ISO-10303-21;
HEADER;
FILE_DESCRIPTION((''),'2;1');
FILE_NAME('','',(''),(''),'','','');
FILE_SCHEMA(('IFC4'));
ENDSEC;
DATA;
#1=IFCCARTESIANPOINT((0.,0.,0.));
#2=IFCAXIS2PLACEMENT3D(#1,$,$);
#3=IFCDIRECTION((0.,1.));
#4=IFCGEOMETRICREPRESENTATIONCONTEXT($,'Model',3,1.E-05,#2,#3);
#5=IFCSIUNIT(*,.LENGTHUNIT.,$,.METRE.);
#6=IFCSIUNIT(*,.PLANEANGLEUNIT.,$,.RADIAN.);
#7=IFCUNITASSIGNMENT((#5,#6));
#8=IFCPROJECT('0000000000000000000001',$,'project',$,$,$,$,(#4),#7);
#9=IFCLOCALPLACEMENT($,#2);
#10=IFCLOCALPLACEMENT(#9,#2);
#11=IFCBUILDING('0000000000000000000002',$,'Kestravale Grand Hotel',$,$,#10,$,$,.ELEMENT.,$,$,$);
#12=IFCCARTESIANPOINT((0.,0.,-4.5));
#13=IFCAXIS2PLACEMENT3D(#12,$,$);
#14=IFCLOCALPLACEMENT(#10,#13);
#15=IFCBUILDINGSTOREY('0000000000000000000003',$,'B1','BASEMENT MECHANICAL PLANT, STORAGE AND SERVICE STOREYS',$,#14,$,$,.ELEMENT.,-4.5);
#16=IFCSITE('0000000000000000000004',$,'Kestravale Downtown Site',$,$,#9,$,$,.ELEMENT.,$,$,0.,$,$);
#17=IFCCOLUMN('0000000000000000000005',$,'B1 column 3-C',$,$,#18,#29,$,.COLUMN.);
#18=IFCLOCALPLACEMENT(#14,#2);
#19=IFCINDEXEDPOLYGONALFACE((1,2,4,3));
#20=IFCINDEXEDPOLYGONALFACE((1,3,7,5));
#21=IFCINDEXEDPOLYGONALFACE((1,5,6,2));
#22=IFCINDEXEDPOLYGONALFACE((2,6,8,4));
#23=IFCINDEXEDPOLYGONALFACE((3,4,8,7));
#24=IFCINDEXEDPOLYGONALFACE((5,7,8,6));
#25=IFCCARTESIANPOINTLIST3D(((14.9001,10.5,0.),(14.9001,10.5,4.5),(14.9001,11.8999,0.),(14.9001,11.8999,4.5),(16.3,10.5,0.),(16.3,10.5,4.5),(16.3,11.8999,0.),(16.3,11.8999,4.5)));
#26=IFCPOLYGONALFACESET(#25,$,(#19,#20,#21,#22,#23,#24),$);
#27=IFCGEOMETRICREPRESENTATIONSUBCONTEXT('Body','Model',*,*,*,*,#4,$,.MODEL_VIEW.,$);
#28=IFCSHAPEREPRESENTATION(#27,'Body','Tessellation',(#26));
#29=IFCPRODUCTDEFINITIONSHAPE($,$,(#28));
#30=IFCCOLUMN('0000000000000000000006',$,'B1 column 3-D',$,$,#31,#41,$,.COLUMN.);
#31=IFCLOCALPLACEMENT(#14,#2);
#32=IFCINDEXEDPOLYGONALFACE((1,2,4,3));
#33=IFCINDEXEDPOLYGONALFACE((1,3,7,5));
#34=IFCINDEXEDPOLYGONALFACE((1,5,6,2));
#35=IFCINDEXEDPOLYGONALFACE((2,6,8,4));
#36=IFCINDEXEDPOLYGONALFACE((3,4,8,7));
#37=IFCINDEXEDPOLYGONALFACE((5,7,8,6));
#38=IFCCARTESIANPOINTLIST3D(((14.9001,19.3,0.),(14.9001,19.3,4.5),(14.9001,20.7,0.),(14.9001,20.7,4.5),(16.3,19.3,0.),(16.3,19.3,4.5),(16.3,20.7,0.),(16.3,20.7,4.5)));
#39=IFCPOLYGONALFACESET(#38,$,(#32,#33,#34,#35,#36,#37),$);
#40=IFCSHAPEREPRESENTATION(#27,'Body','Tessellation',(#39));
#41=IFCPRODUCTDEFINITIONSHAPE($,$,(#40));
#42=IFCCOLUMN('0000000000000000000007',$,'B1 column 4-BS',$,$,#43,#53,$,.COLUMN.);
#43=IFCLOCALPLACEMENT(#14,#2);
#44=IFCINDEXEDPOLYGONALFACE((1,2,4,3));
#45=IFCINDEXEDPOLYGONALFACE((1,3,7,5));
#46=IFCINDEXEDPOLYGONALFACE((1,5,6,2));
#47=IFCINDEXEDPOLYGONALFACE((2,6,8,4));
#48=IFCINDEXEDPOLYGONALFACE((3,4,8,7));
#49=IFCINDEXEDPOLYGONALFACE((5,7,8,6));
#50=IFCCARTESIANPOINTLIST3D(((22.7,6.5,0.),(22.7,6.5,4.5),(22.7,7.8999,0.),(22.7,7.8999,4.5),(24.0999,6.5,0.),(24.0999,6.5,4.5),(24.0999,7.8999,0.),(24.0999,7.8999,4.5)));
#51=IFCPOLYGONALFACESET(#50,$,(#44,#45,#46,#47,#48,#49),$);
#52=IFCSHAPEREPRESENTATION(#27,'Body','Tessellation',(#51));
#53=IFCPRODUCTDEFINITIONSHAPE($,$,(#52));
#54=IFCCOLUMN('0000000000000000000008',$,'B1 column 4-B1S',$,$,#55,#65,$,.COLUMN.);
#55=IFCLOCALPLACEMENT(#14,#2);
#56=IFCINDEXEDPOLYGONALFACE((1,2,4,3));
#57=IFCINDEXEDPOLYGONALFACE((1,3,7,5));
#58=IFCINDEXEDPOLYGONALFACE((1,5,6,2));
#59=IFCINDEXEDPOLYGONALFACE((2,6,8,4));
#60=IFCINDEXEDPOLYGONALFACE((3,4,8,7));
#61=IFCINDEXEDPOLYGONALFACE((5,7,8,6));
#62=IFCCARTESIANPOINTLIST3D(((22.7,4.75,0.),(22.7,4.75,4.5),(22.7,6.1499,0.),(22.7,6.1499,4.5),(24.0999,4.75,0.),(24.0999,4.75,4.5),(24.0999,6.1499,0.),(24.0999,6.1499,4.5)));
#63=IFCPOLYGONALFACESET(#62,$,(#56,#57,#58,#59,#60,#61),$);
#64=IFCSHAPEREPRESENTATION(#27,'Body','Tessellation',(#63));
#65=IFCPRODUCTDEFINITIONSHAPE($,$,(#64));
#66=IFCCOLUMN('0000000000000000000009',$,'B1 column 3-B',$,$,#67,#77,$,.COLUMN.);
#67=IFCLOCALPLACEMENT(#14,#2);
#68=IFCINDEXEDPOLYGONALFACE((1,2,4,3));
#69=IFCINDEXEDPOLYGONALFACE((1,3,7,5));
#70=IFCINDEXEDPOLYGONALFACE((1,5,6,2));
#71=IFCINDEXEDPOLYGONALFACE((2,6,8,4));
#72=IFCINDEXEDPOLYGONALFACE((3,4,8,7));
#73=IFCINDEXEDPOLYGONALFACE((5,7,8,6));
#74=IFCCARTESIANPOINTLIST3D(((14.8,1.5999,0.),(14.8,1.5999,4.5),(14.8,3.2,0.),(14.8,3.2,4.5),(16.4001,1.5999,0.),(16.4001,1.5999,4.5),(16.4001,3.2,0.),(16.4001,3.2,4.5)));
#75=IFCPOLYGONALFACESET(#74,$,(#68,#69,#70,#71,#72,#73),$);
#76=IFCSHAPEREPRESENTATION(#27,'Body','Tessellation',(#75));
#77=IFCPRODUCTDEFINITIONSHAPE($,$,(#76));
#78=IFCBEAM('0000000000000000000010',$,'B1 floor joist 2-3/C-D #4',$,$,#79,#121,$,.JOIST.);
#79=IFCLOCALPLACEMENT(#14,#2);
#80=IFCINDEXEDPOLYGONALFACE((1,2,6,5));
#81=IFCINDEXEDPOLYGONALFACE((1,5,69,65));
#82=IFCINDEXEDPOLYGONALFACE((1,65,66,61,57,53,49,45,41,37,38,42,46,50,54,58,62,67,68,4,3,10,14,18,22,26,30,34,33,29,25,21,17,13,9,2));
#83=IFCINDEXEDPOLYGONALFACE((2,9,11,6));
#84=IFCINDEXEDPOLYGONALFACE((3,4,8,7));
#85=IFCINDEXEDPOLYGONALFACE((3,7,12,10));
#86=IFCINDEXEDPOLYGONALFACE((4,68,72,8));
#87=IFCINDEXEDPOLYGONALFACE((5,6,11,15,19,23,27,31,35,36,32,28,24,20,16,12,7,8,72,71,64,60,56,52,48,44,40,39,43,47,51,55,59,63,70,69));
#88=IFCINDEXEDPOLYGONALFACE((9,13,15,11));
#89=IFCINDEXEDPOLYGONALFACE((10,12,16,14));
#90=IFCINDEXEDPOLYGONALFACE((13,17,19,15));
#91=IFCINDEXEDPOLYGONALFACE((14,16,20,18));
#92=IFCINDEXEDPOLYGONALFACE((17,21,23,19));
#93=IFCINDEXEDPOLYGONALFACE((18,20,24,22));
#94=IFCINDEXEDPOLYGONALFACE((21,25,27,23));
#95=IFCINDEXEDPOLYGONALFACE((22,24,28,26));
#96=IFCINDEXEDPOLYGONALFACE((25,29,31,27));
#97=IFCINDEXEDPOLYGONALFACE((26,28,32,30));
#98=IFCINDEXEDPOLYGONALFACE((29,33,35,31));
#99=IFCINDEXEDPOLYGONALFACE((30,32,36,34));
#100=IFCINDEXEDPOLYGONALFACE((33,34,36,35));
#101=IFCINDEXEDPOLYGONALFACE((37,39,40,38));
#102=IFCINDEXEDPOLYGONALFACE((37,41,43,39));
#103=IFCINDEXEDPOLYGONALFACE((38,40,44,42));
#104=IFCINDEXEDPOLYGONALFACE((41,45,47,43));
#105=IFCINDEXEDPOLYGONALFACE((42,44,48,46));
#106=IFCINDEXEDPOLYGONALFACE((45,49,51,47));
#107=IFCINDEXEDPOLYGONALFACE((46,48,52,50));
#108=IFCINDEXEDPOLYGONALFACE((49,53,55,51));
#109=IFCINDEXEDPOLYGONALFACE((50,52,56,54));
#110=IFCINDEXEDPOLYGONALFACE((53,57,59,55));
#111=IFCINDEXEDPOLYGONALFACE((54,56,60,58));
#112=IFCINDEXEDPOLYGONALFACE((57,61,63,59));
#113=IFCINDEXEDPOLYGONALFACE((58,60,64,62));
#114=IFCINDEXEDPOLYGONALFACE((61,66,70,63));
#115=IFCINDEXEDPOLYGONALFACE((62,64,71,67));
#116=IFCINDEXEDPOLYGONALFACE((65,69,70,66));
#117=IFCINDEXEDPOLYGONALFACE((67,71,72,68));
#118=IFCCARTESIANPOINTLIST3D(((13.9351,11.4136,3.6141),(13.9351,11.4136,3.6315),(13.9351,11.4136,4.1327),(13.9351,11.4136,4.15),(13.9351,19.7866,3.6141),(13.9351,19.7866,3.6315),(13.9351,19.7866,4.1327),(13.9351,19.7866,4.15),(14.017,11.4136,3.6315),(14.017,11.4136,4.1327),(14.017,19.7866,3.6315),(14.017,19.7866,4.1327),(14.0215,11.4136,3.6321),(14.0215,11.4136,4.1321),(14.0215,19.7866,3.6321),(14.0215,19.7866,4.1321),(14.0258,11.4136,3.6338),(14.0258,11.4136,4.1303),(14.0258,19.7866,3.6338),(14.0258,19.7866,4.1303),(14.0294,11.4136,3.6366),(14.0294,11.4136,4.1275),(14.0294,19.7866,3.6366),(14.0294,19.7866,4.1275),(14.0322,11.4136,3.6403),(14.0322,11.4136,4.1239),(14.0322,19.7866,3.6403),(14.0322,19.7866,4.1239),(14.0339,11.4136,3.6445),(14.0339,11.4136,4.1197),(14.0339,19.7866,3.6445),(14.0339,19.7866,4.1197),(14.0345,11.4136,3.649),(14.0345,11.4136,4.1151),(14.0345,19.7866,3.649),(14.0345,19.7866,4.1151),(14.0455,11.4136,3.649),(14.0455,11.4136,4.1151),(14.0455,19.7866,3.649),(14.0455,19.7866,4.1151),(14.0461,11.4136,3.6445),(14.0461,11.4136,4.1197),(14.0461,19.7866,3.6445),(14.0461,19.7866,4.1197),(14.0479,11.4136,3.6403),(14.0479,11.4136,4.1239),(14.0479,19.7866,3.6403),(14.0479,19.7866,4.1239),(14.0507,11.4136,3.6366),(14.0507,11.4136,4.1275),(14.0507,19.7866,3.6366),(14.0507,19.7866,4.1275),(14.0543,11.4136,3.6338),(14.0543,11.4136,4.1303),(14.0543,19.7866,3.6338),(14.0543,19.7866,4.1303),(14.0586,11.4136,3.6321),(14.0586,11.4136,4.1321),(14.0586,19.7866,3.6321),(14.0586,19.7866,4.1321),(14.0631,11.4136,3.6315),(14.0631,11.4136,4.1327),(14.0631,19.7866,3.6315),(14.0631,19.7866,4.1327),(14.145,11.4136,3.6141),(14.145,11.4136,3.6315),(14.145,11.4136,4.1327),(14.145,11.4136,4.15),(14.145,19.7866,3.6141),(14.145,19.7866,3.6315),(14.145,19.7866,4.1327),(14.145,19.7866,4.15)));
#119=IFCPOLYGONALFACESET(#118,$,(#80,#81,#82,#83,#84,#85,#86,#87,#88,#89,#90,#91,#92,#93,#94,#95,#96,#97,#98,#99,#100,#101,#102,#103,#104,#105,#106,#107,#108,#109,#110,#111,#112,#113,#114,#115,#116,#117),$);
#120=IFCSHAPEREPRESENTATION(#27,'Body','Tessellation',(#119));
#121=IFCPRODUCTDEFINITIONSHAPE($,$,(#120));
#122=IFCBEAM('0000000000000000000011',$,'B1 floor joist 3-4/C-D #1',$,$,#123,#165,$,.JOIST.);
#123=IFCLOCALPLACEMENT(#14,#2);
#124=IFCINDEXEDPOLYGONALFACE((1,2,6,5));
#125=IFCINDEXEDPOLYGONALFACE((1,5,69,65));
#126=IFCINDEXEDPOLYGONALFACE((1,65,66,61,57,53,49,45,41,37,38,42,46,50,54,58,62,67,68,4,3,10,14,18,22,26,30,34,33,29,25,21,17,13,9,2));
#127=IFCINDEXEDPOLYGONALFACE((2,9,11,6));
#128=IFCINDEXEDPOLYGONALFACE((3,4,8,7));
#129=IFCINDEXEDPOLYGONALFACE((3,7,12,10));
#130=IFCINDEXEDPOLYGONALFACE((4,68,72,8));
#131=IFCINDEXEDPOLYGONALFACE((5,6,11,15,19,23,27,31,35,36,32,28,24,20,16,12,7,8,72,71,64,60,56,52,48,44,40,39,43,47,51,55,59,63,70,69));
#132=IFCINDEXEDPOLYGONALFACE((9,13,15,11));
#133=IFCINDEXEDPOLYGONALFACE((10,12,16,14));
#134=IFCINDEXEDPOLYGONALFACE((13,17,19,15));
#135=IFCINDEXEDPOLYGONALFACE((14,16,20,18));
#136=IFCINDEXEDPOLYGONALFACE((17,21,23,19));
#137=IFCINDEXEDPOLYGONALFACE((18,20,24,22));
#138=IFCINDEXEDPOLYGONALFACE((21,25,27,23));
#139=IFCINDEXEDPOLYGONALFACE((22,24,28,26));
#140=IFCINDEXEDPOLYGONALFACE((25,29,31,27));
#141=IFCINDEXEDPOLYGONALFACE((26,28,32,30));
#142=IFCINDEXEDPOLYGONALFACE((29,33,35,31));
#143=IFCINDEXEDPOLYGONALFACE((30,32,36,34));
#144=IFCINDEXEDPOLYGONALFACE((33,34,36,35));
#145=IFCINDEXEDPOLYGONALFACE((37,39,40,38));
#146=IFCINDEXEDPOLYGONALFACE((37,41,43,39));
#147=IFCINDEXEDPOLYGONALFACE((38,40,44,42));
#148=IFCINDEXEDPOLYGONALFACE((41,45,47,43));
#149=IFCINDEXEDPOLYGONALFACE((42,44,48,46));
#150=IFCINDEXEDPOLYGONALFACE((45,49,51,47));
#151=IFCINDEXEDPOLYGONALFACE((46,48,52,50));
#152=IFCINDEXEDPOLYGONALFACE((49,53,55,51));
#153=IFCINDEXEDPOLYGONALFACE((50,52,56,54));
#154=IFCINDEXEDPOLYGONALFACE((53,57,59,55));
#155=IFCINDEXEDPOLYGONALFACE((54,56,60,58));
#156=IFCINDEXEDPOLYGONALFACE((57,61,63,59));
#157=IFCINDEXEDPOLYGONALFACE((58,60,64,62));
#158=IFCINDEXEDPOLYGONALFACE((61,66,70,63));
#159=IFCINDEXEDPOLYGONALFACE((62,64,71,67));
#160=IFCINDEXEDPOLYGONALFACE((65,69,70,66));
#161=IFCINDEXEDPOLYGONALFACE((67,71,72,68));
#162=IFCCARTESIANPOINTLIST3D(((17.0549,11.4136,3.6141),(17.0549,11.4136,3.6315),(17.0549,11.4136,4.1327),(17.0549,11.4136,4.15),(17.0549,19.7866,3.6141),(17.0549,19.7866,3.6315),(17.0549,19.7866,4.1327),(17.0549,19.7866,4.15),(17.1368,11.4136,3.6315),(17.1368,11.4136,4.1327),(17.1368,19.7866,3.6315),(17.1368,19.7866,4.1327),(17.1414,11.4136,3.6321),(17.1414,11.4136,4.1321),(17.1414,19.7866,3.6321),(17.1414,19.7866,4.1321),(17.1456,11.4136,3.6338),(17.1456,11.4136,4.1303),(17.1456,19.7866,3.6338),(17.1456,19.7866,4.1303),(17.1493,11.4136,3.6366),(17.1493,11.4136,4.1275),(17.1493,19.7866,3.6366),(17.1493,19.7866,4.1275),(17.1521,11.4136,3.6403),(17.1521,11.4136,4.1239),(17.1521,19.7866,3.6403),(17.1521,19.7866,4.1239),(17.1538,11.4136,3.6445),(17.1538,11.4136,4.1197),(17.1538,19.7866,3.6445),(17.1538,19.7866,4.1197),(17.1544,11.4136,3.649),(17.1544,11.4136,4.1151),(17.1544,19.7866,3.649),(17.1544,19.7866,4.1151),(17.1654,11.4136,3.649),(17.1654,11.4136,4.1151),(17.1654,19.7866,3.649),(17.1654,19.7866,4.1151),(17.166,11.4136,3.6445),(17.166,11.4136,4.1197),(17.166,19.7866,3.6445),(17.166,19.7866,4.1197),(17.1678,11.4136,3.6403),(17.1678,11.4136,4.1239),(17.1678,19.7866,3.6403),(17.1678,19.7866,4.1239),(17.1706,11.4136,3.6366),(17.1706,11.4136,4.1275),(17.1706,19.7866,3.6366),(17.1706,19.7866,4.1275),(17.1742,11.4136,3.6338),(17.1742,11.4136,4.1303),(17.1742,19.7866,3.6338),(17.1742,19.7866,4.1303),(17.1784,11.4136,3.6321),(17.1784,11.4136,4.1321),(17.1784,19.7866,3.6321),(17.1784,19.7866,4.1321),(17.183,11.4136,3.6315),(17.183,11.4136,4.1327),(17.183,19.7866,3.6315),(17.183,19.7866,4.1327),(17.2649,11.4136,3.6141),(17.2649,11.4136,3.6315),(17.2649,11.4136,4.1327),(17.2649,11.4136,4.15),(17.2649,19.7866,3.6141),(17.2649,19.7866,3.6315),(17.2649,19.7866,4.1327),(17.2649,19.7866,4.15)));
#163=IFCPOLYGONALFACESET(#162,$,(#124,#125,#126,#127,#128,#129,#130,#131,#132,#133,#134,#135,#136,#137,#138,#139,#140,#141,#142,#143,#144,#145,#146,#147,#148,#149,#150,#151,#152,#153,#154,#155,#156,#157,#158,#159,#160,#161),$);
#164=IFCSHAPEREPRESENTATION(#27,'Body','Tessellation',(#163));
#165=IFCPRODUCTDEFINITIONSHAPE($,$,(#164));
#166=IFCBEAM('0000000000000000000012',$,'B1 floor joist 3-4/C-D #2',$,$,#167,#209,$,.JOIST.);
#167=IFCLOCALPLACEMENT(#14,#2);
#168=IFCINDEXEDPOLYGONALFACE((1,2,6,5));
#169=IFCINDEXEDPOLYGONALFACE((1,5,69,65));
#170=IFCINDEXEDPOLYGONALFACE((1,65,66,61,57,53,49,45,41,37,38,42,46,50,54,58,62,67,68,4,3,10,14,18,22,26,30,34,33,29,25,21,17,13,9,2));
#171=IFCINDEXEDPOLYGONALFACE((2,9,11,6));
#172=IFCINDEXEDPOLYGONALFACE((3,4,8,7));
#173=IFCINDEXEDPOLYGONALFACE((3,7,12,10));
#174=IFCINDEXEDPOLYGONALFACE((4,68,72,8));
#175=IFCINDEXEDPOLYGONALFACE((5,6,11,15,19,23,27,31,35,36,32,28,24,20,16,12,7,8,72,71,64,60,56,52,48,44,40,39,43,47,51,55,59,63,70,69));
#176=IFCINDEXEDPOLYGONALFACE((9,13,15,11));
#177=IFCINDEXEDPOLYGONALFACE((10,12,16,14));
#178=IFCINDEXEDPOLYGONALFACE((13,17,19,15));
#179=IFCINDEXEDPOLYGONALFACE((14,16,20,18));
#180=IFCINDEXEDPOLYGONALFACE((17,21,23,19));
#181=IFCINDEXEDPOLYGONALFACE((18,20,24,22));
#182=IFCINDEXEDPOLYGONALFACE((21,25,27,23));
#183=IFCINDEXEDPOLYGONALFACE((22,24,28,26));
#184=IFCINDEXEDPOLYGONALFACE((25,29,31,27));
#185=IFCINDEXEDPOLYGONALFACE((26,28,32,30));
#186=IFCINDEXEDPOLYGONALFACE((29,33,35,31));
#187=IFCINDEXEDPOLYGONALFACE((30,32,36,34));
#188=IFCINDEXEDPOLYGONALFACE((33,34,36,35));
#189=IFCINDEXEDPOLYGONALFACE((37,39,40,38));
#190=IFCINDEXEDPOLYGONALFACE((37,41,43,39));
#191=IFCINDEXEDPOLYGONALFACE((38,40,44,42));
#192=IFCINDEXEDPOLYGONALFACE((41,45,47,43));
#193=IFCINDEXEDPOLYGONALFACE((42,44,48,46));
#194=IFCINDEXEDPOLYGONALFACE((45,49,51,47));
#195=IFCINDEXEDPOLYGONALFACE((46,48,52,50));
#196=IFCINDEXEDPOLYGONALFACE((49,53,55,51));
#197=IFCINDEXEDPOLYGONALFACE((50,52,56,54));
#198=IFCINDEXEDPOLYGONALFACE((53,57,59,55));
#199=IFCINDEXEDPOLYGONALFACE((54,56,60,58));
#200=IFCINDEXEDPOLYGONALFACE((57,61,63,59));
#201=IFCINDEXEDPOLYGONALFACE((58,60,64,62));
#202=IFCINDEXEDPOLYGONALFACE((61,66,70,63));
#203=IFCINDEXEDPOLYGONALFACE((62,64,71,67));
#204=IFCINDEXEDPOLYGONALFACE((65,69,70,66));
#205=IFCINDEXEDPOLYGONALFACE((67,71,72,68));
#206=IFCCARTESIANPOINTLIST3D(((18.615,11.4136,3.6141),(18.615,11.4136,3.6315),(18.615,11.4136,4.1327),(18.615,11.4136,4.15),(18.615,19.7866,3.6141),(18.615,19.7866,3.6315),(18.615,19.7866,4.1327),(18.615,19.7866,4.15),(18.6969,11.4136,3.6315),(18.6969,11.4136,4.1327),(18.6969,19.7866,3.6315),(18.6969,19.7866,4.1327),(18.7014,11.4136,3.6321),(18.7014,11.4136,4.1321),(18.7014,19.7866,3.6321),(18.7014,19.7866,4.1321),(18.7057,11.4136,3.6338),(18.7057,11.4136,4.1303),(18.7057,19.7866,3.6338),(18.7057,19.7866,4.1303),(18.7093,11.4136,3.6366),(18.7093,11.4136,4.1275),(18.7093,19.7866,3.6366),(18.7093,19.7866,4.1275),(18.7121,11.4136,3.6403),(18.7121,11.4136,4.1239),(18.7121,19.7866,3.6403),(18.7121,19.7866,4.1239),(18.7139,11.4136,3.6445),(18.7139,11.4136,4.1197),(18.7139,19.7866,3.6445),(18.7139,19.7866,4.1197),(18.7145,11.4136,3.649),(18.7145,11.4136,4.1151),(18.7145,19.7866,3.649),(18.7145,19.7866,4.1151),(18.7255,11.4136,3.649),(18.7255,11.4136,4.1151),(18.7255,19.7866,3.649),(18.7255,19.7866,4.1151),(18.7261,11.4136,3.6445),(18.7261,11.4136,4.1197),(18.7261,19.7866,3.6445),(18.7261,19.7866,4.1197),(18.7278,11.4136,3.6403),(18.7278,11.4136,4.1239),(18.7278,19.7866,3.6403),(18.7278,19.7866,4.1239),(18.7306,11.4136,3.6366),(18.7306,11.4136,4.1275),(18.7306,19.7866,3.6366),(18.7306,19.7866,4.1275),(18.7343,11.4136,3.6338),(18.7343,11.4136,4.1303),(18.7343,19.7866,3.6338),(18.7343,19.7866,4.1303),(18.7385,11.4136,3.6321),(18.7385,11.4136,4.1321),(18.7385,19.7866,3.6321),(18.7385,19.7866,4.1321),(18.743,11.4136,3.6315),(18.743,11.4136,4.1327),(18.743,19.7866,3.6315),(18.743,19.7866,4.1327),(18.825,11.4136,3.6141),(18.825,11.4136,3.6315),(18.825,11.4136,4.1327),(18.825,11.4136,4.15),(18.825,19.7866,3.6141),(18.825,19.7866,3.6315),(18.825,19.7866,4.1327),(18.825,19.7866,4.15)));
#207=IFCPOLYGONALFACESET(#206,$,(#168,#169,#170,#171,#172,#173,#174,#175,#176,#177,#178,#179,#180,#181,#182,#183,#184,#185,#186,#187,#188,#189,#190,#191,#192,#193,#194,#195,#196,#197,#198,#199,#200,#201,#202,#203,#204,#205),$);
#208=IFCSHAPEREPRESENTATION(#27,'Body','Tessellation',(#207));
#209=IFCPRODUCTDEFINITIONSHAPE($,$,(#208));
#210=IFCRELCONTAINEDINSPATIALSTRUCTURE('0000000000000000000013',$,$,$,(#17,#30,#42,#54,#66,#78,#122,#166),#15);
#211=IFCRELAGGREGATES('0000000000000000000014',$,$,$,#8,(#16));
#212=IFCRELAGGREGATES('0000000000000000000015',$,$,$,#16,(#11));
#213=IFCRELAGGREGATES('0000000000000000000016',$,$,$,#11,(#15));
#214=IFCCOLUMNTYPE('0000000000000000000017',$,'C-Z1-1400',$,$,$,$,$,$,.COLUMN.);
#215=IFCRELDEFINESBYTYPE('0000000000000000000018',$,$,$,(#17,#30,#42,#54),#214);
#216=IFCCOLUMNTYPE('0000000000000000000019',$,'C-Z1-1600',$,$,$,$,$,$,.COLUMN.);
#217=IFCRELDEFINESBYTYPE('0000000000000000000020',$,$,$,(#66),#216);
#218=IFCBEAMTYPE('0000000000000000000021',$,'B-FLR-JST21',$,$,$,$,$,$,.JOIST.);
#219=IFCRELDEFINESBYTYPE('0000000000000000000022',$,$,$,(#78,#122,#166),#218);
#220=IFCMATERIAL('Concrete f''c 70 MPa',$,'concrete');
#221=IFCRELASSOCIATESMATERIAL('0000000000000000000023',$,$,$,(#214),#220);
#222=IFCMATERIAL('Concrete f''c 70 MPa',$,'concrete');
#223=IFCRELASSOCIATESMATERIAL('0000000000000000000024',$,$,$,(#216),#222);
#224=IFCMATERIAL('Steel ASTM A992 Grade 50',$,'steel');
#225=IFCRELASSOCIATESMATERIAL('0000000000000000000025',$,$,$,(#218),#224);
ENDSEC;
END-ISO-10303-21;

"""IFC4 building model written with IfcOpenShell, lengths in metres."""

from ifc_helpers import new_model, si_unit, direction, frame, origin, origin_2d, place, context, subcontext, project, spatial, rectangle, i_section, extrude, material, material_profile, profile_set, type_object, element, save


model = new_model("IFC4")

# Units and contexts
model_context = context("Model", 3, precision=1e-05, world=origin(), true_north=direction((0.0, 1.0)))
body_context = subcontext(model_context, "Body", "Model", "MODEL_VIEW")
ifc_project = project(units=[si_unit("LENGTHUNIT", "METRE"), si_unit("PLANEANGLEUNIT", "RADIAN")], contexts=[model_context])

# Site, building, storey
site_placement = place(None, origin())
site = spatial("IfcSite", under=ifc_project, at=site_placement, Name="Kestravale Downtown Site", CompositionType="ELEMENT", RefElevation=0.0)
building_placement = place(site_placement, origin())
building = spatial("IfcBuilding", under=site, at=building_placement, Name="Kestravale Grand Hotel", CompositionType="ELEMENT")
storey_placement = place(building_placement, frame((0.0, 0.0, -4.5)))
storey = spatial("IfcBuildingStorey", under=building, at=storey_placement, Name="B1", Description="BASEMENT MECHANICAL PLANT, STORAGE AND SERVICE STOREYS", CompositionType="ELEMENT", Elevation=-4.5)

# Columns
ifc_material_1 = material(Name="Concrete f'c 70 MPa", Category="concrete")
ifc_material_profile_1 = material_profile(ifc_material_1, rectangle(XDim=1.3999, YDim=1.3999, at=origin_2d()))
ifc_profile_set_1 = profile_set([ifc_material_profile_1], Name="Concrete f'c 70 MPa")
column_type_1 = type_object("IfcColumnType", Name="C-Z1-1400", PredefinedType="COLUMN", material=ifc_profile_set_1)
for number, where, z_axis, x_axis, name in (
    (1, (15.6001, 11.2, 0.0), (0.0, 0.0, 1.0), (1.0, 0.0, 0.0), "B1 column 3-C"),
    (2, (15.6001, 20.0, 0.0), (0.0, 0.0, 1.0), (1.0, 0.0, 0.0), "B1 column 3-D"),
    (3, (23.3999, 7.2, 0.0), (0.0, 0.0, 1.0), (1.0, 0.0, 0.0), "B1 column 4-BS"),
    (4, (23.3999, 5.45, 0.0), (0.0, 0.0, 1.0), (1.0, 0.0, 0.0), "B1 column 4-B1S"),
):
    element("IfcColumn", number, at=place(storey_placement, frame(where, z_axis=z_axis, x_axis=x_axis)), inside=storey, type_object=column_type_1, Name=name, PredefinedType="COLUMN", context=body_context, shape_type="SweptSolid", body=[
        extrude(rectangle(XDim=1.3999, YDim=1.3999, at=origin_2d()), origin(), (0.0, 0.0, 1.0), 4.5),
    ])
ifc_material_2 = material(Name="Concrete f'c 70 MPa", Category="concrete")
ifc_material_profile_2 = material_profile(ifc_material_2, rectangle(XDim=1.6001, YDim=1.6001, at=origin_2d()))
ifc_profile_set_2 = profile_set([ifc_material_profile_2], Name="Concrete f'c 70 MPa")
column_type_2 = type_object("IfcColumnType", Name="C-Z1-1600", PredefinedType="COLUMN", material=ifc_profile_set_2)
column_placement = place(storey_placement, frame((15.6001, 2.3999, 0.0), z_axis=(0.0, 0.0, 1.0), x_axis=(1.0, 0.0, 0.0)))
element("IfcColumn", 5, at=column_placement, inside=storey, type_object=column_type_2, Name="B1 column 3-B", PredefinedType="COLUMN", context=body_context, shape_type="SweptSolid", body=[
    extrude(rectangle(XDim=1.6001, YDim=1.6001, at=origin_2d()), origin(), (0.0, 0.0, 1.0), 4.5),
])

# Beams
ifc_material_3 = material(Name="Steel ASTM A992 Grade 50", Category="steel")
ifc_material_profile_3 = material_profile(ifc_material_3, i_section(OverallWidth=0.21, OverallDepth=0.5359, WebThickness=0.011, FlangeThickness=0.0173, FilletRadius=0.0176, at=origin_2d()))
ifc_profile_set_3 = profile_set([ifc_material_profile_3], Name="Steel ASTM A992 Grade 50")
beam_type_1 = type_object("IfcBeamType", Name="B-FLR-JST21", PredefinedType="JOIST", material=ifc_profile_set_3)
for number, where, z_axis, x_axis, name in (
    (6, (14.04, 11.4136, 3.8821), (0.0, 1.0, 0.0), (-1.0, 0.0, 0.0), "B1 floor joist 2-3/C-D #4"),
    (7, (17.1599, 11.4136, 3.8821), (0.0, 1.0, 0.0), (-1.0, 0.0, 0.0), "B1 floor joist 3-4/C-D #1"),
    (8, (18.72, 11.4136, 3.8821), (0.0, 1.0, 0.0), (-1.0, 0.0, 0.0), "B1 floor joist 3-4/C-D #2"),
):
    element("IfcBeam", number, at=place(storey_placement, frame(where, z_axis=z_axis, x_axis=x_axis)), inside=storey, type_object=beam_type_1, Name=name, PredefinedType="JOIST", context=body_context, shape_type="SweptSolid", body=[
        extrude(i_section(OverallWidth=0.21, OverallDepth=0.5359, WebThickness=0.011, FlangeThickness=0.0173, FilletRadius=0.0176, at=origin_2d()), origin(), (0.0, 0.0, 1.0), 8.373),
    ])

save(model, "model.ifc")
